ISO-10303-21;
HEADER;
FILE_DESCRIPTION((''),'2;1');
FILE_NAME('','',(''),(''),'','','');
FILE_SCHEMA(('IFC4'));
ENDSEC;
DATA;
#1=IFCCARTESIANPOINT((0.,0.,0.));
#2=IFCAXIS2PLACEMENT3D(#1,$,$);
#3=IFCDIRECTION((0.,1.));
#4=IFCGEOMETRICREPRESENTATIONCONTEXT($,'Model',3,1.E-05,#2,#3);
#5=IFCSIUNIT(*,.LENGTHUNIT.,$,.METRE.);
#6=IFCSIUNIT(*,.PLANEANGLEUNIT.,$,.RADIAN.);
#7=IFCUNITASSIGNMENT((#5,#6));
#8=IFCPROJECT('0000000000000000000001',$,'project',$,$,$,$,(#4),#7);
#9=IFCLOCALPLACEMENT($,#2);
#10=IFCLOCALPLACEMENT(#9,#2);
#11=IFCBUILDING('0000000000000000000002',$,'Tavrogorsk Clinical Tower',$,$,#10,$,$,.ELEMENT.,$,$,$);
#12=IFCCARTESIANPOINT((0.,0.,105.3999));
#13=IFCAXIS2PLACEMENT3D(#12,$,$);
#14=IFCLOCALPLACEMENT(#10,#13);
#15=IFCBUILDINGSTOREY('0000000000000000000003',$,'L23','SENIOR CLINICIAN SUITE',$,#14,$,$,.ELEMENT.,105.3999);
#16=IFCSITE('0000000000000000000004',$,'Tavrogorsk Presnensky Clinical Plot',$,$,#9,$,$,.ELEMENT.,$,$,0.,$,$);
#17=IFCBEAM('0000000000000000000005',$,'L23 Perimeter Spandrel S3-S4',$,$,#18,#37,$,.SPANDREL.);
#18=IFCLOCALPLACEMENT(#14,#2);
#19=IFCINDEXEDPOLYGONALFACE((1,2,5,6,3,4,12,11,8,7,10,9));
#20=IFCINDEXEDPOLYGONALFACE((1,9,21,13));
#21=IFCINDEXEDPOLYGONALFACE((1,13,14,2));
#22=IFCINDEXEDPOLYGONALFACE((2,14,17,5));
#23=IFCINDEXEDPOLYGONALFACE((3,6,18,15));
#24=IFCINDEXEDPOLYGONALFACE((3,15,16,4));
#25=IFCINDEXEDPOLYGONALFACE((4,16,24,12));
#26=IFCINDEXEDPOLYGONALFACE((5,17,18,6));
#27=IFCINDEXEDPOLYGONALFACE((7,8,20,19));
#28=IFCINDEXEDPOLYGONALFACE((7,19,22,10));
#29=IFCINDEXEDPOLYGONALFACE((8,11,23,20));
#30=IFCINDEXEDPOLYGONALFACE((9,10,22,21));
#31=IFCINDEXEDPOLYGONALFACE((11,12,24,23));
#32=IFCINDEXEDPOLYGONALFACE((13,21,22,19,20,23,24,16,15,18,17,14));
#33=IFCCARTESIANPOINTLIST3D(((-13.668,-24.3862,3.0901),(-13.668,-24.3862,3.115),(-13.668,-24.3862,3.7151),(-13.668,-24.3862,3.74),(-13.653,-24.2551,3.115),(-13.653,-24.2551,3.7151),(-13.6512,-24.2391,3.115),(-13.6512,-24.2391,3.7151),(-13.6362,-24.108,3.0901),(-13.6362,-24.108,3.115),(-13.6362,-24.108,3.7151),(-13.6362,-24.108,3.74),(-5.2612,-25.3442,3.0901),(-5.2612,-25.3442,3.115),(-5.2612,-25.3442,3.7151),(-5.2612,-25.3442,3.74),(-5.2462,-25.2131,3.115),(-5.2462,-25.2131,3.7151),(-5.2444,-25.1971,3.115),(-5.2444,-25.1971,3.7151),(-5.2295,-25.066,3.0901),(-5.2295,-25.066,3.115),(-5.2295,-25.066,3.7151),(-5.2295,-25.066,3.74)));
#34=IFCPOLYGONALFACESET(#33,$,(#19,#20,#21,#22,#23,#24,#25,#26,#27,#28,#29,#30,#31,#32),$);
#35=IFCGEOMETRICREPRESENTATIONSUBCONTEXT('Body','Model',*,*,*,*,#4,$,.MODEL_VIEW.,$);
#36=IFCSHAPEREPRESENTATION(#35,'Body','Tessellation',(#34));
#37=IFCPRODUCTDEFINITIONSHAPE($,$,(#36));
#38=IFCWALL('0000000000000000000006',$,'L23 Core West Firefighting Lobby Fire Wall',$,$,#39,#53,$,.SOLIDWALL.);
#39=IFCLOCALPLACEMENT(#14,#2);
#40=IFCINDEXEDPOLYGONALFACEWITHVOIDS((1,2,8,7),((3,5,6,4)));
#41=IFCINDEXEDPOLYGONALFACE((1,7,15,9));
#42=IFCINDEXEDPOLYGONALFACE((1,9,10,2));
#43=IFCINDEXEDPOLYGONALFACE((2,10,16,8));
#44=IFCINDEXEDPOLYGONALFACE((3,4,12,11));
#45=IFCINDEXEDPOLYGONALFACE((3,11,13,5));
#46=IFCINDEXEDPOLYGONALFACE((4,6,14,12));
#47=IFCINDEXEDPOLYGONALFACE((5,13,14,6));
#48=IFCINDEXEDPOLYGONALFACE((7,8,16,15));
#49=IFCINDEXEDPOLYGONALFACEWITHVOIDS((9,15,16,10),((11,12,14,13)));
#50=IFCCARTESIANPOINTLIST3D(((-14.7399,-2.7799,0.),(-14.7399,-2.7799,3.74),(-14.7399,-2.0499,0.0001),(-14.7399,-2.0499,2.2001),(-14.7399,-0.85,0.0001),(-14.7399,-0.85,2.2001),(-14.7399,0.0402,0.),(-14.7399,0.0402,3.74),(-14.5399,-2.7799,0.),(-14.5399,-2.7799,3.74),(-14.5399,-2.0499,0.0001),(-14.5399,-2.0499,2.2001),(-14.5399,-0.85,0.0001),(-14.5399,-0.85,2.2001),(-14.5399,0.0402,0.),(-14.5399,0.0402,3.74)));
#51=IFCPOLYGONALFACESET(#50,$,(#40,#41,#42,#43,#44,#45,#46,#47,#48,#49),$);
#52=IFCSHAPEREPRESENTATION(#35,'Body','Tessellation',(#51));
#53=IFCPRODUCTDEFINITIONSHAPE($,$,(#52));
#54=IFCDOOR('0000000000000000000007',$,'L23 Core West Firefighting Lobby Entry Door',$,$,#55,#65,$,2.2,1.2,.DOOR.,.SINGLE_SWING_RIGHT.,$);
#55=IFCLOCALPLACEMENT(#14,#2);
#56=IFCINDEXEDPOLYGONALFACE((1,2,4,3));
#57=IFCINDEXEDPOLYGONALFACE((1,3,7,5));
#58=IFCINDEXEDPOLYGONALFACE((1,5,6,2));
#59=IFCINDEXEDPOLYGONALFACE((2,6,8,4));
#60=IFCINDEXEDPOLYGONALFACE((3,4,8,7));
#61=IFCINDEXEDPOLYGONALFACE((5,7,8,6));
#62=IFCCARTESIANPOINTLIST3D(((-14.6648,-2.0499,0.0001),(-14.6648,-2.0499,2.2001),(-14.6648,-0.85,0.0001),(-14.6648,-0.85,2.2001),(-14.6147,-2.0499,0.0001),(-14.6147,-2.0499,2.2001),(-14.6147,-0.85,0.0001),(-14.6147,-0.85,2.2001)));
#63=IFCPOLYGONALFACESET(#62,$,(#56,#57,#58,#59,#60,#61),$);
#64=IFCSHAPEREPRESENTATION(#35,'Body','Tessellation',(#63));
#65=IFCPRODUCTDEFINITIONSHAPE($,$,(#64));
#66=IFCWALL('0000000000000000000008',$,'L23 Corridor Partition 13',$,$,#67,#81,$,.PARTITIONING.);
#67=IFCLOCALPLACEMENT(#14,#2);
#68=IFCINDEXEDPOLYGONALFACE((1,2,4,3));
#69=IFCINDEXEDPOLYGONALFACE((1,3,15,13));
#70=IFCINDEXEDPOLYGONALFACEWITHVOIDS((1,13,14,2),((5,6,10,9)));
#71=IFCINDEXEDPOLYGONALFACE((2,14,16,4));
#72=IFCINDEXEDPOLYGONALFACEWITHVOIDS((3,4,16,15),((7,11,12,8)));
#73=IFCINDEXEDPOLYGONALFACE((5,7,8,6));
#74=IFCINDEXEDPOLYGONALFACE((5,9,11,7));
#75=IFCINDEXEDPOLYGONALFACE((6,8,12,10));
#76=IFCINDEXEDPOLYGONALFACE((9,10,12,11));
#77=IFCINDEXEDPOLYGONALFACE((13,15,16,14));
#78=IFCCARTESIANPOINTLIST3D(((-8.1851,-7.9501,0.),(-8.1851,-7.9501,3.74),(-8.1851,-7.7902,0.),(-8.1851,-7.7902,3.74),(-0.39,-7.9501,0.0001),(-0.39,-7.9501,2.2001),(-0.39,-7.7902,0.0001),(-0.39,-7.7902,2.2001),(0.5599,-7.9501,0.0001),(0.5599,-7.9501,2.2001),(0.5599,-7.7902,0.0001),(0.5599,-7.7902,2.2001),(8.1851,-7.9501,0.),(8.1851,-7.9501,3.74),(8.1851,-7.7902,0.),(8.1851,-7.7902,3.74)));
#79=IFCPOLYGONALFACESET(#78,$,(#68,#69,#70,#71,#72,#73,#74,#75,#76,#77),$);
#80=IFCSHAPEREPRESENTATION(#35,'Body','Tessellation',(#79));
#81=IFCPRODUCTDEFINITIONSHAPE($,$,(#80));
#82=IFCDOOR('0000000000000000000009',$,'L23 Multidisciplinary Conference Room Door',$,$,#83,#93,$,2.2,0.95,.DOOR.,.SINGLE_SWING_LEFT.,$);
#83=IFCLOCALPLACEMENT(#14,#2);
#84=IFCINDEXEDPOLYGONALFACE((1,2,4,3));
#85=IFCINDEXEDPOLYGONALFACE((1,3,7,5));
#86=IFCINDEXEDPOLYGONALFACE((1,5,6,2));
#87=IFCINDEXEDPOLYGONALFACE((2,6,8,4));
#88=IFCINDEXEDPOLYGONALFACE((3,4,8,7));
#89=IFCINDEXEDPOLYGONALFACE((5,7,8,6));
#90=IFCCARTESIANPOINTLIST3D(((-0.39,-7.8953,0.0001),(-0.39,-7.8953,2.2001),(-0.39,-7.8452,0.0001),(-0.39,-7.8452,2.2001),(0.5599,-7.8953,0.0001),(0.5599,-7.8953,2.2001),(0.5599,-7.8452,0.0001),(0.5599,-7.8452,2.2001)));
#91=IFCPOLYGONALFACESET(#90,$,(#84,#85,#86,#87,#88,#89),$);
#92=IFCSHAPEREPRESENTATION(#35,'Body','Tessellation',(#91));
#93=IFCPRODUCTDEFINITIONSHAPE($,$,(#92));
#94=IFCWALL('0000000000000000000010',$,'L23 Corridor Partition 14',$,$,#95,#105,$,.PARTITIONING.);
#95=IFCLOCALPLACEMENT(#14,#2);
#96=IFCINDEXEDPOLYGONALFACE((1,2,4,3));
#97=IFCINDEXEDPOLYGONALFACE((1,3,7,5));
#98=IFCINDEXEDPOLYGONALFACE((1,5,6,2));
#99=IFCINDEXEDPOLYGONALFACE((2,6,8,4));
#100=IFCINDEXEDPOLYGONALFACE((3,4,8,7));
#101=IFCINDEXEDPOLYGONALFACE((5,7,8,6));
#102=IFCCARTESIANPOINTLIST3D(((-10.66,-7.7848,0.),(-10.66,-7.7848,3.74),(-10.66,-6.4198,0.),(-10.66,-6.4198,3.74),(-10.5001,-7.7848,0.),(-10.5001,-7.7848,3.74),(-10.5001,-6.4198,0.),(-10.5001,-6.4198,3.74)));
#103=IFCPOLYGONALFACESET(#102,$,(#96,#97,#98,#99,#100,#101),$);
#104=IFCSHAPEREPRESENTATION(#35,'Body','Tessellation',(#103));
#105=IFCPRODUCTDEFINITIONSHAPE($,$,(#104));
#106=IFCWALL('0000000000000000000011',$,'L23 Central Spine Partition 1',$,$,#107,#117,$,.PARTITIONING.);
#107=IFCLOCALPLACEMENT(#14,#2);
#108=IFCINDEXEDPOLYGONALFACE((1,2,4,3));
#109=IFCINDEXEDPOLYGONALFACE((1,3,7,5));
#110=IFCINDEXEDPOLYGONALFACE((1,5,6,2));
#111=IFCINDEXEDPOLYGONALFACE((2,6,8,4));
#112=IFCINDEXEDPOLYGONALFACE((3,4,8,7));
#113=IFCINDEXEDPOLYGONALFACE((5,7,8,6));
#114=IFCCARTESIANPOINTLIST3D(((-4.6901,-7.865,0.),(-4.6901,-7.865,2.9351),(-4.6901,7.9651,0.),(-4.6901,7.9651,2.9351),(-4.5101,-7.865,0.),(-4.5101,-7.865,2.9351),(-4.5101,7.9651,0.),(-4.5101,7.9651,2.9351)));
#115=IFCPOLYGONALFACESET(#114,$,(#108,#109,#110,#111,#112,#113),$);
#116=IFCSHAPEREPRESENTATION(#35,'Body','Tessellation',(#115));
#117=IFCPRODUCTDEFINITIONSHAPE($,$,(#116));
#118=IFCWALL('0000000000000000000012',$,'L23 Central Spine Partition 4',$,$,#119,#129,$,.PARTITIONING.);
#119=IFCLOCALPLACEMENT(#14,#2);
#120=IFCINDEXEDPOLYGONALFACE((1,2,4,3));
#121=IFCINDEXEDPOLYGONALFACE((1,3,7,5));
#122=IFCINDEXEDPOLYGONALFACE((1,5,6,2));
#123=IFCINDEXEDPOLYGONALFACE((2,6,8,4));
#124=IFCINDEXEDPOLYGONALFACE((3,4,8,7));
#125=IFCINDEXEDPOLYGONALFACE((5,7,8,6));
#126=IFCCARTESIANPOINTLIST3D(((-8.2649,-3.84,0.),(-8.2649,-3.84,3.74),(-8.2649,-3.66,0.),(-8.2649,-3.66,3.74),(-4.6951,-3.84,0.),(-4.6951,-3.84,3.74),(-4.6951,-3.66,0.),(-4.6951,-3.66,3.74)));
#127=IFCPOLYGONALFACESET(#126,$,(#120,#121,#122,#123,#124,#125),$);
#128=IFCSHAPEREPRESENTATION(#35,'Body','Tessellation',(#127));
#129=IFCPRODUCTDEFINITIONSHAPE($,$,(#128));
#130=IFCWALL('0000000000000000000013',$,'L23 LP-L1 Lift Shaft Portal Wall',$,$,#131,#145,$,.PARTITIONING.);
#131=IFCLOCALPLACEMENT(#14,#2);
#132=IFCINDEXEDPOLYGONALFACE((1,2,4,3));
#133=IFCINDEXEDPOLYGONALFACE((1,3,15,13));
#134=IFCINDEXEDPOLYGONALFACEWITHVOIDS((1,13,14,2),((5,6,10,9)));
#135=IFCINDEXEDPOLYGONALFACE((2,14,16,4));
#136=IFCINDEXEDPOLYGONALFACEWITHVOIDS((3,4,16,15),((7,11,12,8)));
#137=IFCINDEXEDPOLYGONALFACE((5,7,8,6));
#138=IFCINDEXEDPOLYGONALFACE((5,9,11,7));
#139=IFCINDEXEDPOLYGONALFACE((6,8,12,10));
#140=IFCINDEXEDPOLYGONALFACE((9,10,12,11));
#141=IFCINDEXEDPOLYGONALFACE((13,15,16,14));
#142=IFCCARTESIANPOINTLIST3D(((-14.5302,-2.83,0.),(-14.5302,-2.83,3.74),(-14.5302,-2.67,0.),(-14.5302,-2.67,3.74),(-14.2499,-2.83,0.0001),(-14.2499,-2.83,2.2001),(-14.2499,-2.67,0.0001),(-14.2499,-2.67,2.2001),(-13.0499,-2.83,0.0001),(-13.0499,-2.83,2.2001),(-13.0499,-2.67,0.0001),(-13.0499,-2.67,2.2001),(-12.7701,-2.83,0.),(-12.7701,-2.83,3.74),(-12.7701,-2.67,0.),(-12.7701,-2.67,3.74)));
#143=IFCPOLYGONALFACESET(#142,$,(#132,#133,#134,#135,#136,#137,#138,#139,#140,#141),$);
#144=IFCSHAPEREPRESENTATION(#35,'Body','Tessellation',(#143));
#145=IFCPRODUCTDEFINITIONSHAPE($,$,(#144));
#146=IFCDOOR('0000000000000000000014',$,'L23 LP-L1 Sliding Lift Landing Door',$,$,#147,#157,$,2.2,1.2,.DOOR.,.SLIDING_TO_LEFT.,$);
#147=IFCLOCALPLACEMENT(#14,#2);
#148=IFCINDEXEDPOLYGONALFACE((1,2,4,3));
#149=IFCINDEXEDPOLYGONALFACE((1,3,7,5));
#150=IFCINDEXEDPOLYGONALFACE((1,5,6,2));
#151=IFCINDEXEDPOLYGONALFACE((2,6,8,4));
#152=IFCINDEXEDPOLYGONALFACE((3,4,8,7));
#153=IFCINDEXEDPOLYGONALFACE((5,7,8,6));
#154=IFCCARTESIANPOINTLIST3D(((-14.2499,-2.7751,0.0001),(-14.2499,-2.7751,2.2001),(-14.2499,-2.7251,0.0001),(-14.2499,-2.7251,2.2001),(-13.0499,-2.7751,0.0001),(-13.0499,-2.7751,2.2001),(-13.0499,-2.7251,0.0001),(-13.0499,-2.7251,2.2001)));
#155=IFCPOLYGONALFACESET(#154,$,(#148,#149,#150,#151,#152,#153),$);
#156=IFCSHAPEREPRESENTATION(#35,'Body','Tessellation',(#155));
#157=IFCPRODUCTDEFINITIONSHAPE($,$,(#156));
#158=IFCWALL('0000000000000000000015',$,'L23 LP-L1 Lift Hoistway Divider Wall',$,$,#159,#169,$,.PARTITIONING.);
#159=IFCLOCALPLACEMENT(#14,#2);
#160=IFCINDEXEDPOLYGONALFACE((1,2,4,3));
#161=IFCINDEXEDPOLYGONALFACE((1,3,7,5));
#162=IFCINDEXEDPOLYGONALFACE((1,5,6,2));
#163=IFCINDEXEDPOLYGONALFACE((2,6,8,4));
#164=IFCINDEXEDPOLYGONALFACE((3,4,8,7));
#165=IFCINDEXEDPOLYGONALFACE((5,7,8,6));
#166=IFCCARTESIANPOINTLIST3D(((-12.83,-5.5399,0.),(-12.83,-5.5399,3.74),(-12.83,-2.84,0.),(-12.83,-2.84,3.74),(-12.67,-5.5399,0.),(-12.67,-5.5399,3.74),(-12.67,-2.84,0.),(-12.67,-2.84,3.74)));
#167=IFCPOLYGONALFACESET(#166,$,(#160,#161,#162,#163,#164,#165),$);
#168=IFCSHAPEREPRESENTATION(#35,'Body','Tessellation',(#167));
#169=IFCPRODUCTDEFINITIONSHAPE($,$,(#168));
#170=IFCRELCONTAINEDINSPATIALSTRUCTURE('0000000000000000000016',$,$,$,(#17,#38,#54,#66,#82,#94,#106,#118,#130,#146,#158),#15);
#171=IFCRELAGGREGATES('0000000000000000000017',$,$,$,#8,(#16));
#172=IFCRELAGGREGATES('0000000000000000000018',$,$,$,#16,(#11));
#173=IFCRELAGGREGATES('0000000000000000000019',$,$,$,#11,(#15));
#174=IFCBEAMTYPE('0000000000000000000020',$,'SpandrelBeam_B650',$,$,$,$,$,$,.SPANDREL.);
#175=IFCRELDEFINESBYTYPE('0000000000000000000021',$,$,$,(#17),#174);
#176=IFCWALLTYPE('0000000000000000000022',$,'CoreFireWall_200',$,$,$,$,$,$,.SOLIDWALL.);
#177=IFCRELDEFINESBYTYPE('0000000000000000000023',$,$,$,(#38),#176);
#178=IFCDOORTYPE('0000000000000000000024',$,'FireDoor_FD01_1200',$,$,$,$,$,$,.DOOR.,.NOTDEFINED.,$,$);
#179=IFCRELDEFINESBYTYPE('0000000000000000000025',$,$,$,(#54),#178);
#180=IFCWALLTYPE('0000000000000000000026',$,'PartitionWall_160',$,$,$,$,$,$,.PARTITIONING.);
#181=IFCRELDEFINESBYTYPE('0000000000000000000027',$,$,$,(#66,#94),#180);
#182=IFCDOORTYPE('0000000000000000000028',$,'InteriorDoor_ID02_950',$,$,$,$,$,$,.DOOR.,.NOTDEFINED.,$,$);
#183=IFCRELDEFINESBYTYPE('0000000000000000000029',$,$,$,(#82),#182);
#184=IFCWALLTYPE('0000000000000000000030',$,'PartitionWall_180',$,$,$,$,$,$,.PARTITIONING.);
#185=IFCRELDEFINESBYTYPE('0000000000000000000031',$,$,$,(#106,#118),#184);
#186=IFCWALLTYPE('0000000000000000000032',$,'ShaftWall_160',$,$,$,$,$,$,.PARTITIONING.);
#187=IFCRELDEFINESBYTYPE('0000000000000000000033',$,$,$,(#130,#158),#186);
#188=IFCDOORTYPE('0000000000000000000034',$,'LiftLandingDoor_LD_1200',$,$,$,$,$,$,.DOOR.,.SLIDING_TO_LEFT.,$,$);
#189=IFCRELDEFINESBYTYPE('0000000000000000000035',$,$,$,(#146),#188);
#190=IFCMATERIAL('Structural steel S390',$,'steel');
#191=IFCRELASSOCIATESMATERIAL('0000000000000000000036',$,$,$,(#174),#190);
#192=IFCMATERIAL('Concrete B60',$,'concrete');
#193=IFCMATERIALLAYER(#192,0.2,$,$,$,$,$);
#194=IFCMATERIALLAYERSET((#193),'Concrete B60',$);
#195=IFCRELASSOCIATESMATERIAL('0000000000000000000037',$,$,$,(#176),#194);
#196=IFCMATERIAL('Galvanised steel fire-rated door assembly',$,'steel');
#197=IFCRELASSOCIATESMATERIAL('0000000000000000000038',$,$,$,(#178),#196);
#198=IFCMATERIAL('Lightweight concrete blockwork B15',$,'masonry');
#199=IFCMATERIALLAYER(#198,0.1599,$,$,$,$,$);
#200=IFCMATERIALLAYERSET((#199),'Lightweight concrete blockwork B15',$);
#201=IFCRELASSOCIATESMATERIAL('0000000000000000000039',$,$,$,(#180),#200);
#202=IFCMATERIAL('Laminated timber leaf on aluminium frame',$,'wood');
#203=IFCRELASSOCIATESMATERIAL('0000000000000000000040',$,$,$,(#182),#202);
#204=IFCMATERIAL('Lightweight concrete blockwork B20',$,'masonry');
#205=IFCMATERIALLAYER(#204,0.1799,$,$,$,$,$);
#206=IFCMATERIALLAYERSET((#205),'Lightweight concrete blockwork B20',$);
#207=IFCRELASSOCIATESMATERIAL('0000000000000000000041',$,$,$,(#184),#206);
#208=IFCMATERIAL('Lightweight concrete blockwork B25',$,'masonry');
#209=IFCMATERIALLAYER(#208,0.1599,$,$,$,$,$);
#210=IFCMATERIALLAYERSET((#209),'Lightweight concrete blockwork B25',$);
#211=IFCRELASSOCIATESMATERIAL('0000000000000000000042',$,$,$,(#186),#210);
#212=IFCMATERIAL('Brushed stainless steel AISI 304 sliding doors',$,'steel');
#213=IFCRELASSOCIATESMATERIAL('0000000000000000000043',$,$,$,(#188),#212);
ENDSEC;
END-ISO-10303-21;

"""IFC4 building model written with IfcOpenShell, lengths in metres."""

from ifc_helpers import new_model, si_unit, direction, frame, frame_2d, origin, origin_2d, place, context, subcontext, project, spatial, rectangle, i_section, extrude, material, layer, layer_set, material_profile, profile_set, type_object, element, fill, save


model = new_model("IFC4")

# Units and contexts
model_context = context("Model", 3, precision=1e-05, world=origin(), true_north=direction((0.0, 1.0)))
body_context = subcontext(model_context, "Body", "Model", "MODEL_VIEW")
ifc_project = project(units=[si_unit("LENGTHUNIT", "METRE"), si_unit("PLANEANGLEUNIT", "RADIAN")], contexts=[model_context])

# Site, building, storey
site_placement = place(None, origin())
site = spatial("IfcSite", under=ifc_project, at=site_placement, Name="Tavrogorsk Presnensky Clinical Plot", CompositionType="ELEMENT", RefElevation=0.0)
building_placement = place(site_placement, origin())
building = spatial("IfcBuilding", under=site, at=building_placement, Name="Tavrogorsk Clinical Tower", CompositionType="ELEMENT")
storey_placement = place(building_placement, frame((0.0, 0.0, 105.3999)))
storey = spatial("IfcBuildingStorey", under=building, at=storey_placement, Name="L23", Description="SENIOR CLINICIAN SUITE", CompositionType="ELEMENT", Elevation=105.3999)

# Beam
ifc_material_1 = material(Name="Structural steel S390", Category="steel")
ifc_material_profile_1 = material_profile(ifc_material_1, i_section(OverallWidth=0.28, OverallDepth=0.6499, WebThickness=0.0161, FlangeThickness=0.0249, at=origin_2d()), Name="B-650x280x16x25")
ifc_profile_set_1 = profile_set([ifc_material_profile_1], Name="Structural steel S390")
beam_type_1 = type_object("IfcBeamType", Name="SpandrelBeam_B650", PredefinedType="SPANDREL", material=ifc_profile_set_1)
beam_1_placement = place(storey_placement, frame((-13.6521, -24.2471, 3.415), z_axis=(0.993569, -0.113224, 0.0), x_axis=(0.113224, 0.993569, 0.0)))
element("IfcBeam", 1, at=beam_1_placement, inside=storey, type_object=beam_type_1, Name="L23 Perimeter Spandrel S3-S4", PredefinedType="SPANDREL", context=body_context, shape_type="SweptSolid", body=[
    extrude(i_section(OverallWidth=0.28, OverallDepth=0.6499, WebThickness=0.0161, FlangeThickness=0.0249, at=origin_2d()), origin(), (0.0, 0.0, 1.0), 8.4612),
])

# Walls, openings, doors
ifc_material_2 = material(Name="Concrete B60", Category="concrete")
ifc_layer_1 = layer(ifc_material_2, 0.2)
ifc_layer_set_1 = layer_set([ifc_layer_1], Name="Concrete B60")
wall_type_1 = type_object("IfcWallType", Name="CoreFireWall_200", PredefinedType="SOLIDWALL", material=ifc_layer_set_1)
wall_1_placement = place(storey_placement, frame((-14.6399, -2.78, 0.0), z_axis=(0.0, 0.0, 1.0), x_axis=(0.0, 1.0, 0.0)))
wall_1 = element("IfcWall", 2, at=wall_1_placement, inside=storey, type_object=wall_type_1, Name="L23 Core West Firefighting Lobby Fire Wall", PredefinedType="SOLIDWALL", context=body_context, shape_type="SweptSolid", body=[
    extrude(rectangle(XDim=2.8201, YDim=0.2, at=frame_2d((1.4102, 0.0))), origin(), (0.0, 0.0, 1.0), 3.74),
])
opening_1_placement = place(wall_1_placement, frame((0.73, 0.0, 0.0)))
opening_1 = element("IfcOpeningElement", 3, at=opening_1_placement, cuts=wall_1, PredefinedType="OPENING", context=body_context, shape_type="SweptSolid", body=[
    extrude(rectangle(XDim=1.2, YDim=2.2, at=frame_2d((0.6001, 1.1001))), frame((0.0, 0.1099, 0.0), z_axis=(0.0, -1.0, 0.0), x_axis=(1.0, 0.0, 0.0)), (0.0, 0.0, 1.0), 0.22),
])
ifc_material_3 = material(Name="Galvanised steel fire-rated door assembly", Category="steel")
door_type_1 = type_object("IfcDoorType", Name="FireDoor_FD01_1200", OperationType="NOTDEFINED", PredefinedType="DOOR", material=ifc_material_3)
door_1_placement = place(opening_1_placement, origin())
door_1 = element("IfcDoor", 4, at=door_1_placement, inside=storey, type_object=door_type_1, Name="L23 Core West Firefighting Lobby Entry Door", OperationType="SINGLE_SWING_RIGHT", OverallHeight=2.2, OverallWidth=1.2, PredefinedType="DOOR", context=body_context, shape_type="SweptSolid", body=[
    extrude(rectangle(XDim=1.2, YDim=2.2, at=frame_2d((0.6001, 1.1001))), frame((0.0, 0.0249, 0.0), z_axis=(0.0, -1.0, 0.0), x_axis=(1.0, 0.0, 0.0)), (0.0, 0.0, 1.0), 0.05),
])
fill(opening_1, door_1)
ifc_material_4 = material(Name="Lightweight concrete blockwork B15", Category="masonry")
ifc_layer_2 = layer(ifc_material_4, 0.1599)
ifc_layer_set_2 = layer_set([ifc_layer_2], Name="Lightweight concrete blockwork B15")
wall_type_2 = type_object("IfcWallType", Name="PartitionWall_160", PredefinedType="PARTITIONING", material=ifc_layer_set_2)
wall_2_placement = place(storey_placement, frame((-8.1851, -7.8701, 0.0), z_axis=(0.0, 0.0, 1.0), x_axis=(1.0, 0.0, 0.0)))
wall_2 = element("IfcWall", 5, at=wall_2_placement, inside=storey, type_object=wall_type_2, Name="L23 Corridor Partition 13", PredefinedType="PARTITIONING", context=body_context, shape_type="SweptSolid", body=[
    extrude(rectangle(XDim=16.3701, YDim=0.1599, at=frame_2d((8.1851, 0.0))), origin(), (0.0, 0.0, 1.0), 3.74),
])
opening_2_placement = place(wall_2_placement, frame((7.7949, 0.0, 0.0)))
opening_2 = element("IfcOpeningElement", 6, at=opening_2_placement, cuts=wall_2, PredefinedType="OPENING", context=body_context, shape_type="SweptSolid", body=[
    extrude(rectangle(XDim=0.95, YDim=2.2, at=frame_2d((0.4751, 1.1001))), frame((0.0, 0.0898, 0.0), z_axis=(0.0, -1.0, 0.0), x_axis=(1.0, 0.0, 0.0)), (0.0, 0.0, 1.0), 0.1799),
])
ifc_material_5 = material(Name="Laminated timber leaf on aluminium frame", Category="wood")
door_type_2 = type_object("IfcDoorType", Name="InteriorDoor_ID02_950", OperationType="NOTDEFINED", PredefinedType="DOOR", material=ifc_material_5)
door_2_placement = place(opening_2_placement, origin())
door_2 = element("IfcDoor", 7, at=door_2_placement, inside=storey, type_object=door_type_2, Name="L23 Multidisciplinary Conference Room Door", OperationType="SINGLE_SWING_LEFT", OverallHeight=2.2, OverallWidth=0.95, PredefinedType="DOOR", context=body_context, shape_type="SweptSolid", body=[
    extrude(rectangle(XDim=0.95, YDim=2.2, at=frame_2d((0.4751, 1.1001))), frame((0.0, 0.0249, 0.0), z_axis=(0.0, -1.0, 0.0), x_axis=(1.0, 0.0, 0.0)), (0.0, 0.0, 1.0), 0.05),
])
fill(opening_2, door_2)

# Walls
wall_3_placement = place(storey_placement, frame((-10.5801, -7.7849, 0.0), z_axis=(0.0, 0.0, 1.0), x_axis=(0.0, 1.0, 0.0)))
element("IfcWall", 8, at=wall_3_placement, inside=storey, type_object=wall_type_2, Name="L23 Corridor Partition 14", PredefinedType="PARTITIONING", context=body_context, shape_type="SweptSolid", body=[
    extrude(rectangle(XDim=1.365, YDim=0.1599, at=frame_2d((0.6826, 0.0))), origin(), (0.0, 0.0, 1.0), 3.74),
])
ifc_material_6 = material(Name="Lightweight concrete blockwork B20", Category="masonry")
ifc_layer_3 = layer(ifc_material_6, 0.1799)
ifc_layer_set_3 = layer_set([ifc_layer_3], Name="Lightweight concrete blockwork B20")
wall_type_3 = type_object("IfcWallType", Name="PartitionWall_180", PredefinedType="PARTITIONING", material=ifc_layer_set_3)
wall_4_placement = place(storey_placement, frame((-4.6001, -7.865, 0.0), z_axis=(0.0, 0.0, 1.0), x_axis=(0.0, 1.0, 0.0)))
element("IfcWall", 9, at=wall_4_placement, inside=storey, type_object=wall_type_3, Name="L23 Central Spine Partition 1", PredefinedType="PARTITIONING", context=body_context, shape_type="SweptSolid", body=[
    extrude(rectangle(XDim=15.8301, YDim=0.1799, at=frame_2d((7.915, 0.0))), origin(), (0.0, 0.0, 1.0), 2.9351),
])
wall_5_placement = place(storey_placement, frame((-8.2649, -3.75, 0.0), z_axis=(0.0, 0.0, 1.0), x_axis=(1.0, 0.0, 0.0)))
element("IfcWall", 10, at=wall_5_placement, inside=storey, type_object=wall_type_3, Name="L23 Central Spine Partition 4", PredefinedType="PARTITIONING", context=body_context, shape_type="SweptSolid", body=[
    extrude(rectangle(XDim=3.5698, YDim=0.1799, at=frame_2d((1.7849, 0.0))), origin(), (0.0, 0.0, 1.0), 3.74),
])

# Wall, opening, door
ifc_material_7 = material(Name="Lightweight concrete blockwork B25", Category="masonry")
ifc_layer_4 = layer(ifc_material_7, 0.1599)
ifc_layer_set_4 = layer_set([ifc_layer_4], Name="Lightweight concrete blockwork B25")
wall_type_4 = type_object("IfcWallType", Name="ShaftWall_160", PredefinedType="PARTITIONING", material=ifc_layer_set_4)
wall_6_placement = place(storey_placement, frame((-14.53, -2.75, 0.0), z_axis=(0.0, 0.0, 1.0), x_axis=(1.0, 0.0, 0.0)))
wall_6 = element("IfcWall", 11, at=wall_6_placement, inside=storey, type_object=wall_type_4, Name="L23 LP-L1 Lift Shaft Portal Wall", PredefinedType="PARTITIONING", context=body_context, shape_type="SweptSolid", body=[
    extrude(rectangle(XDim=1.76, YDim=0.1599, at=frame_2d((0.8799, 0.0))), origin(), (0.0, 0.0, 1.0), 3.74),
])
opening_3_placement = place(wall_6_placement, frame((0.28, 0.0, 0.0)))
opening_3 = element("IfcOpeningElement", 12, at=opening_3_placement, cuts=wall_6, PredefinedType="OPENING", context=body_context, shape_type="SweptSolid", body=[
    extrude(rectangle(XDim=1.2, YDim=2.2, at=frame_2d((0.6001, 1.1001))), frame((0.0, 0.0898, 0.0), z_axis=(0.0, -1.0, 0.0), x_axis=(1.0, 0.0, 0.0)), (0.0, 0.0, 1.0), 0.1799),
])
ifc_material_8 = material(Name="Brushed stainless steel AISI 304 sliding doors", Category="steel")
door_type_3 = type_object("IfcDoorType", Name="LiftLandingDoor_LD_1200", OperationType="SLIDING_TO_LEFT", PredefinedType="DOOR", material=ifc_material_8)
door_3_placement = place(opening_3_placement, origin())
door_3 = element("IfcDoor", 13, at=door_3_placement, inside=storey, type_object=door_type_3, Name="L23 LP-L1 Sliding Lift Landing Door", OperationType="SLIDING_TO_LEFT", OverallHeight=2.2, OverallWidth=1.2, PredefinedType="DOOR", context=body_context, shape_type="SweptSolid", body=[
    extrude(rectangle(XDim=1.2, YDim=2.2, at=frame_2d((0.6001, 1.1001))), frame((0.0, 0.0249, 0.0), z_axis=(0.0, -1.0, 0.0), x_axis=(1.0, 0.0, 0.0)), (0.0, 0.0, 1.0), 0.05),
])
fill(opening_3, door_3)

# Wall
for number, where, z_axis, x_axis, name in (
    (14, (-12.75, -5.54, 0.0), (0.0, 0.0, 1.0), (0.0, 1.0, 0.0), "L23 LP-L1 Lift Hoistway Divider Wall"),
):
    element("IfcWall", number, at=place(storey_placement, frame(where, z_axis=z_axis, x_axis=x_axis)), inside=storey, type_object=wall_type_4, Name=name, PredefinedType="PARTITIONING", context=body_context, shape_type="SweptSolid", body=[
        extrude(rectangle(XDim=2.7, YDim=0.1599, at=frame_2d((1.3501, 0.0))), origin(), (0.0, 0.0, 1.0), 3.74),
    ])

save(model, "model.ifc")
